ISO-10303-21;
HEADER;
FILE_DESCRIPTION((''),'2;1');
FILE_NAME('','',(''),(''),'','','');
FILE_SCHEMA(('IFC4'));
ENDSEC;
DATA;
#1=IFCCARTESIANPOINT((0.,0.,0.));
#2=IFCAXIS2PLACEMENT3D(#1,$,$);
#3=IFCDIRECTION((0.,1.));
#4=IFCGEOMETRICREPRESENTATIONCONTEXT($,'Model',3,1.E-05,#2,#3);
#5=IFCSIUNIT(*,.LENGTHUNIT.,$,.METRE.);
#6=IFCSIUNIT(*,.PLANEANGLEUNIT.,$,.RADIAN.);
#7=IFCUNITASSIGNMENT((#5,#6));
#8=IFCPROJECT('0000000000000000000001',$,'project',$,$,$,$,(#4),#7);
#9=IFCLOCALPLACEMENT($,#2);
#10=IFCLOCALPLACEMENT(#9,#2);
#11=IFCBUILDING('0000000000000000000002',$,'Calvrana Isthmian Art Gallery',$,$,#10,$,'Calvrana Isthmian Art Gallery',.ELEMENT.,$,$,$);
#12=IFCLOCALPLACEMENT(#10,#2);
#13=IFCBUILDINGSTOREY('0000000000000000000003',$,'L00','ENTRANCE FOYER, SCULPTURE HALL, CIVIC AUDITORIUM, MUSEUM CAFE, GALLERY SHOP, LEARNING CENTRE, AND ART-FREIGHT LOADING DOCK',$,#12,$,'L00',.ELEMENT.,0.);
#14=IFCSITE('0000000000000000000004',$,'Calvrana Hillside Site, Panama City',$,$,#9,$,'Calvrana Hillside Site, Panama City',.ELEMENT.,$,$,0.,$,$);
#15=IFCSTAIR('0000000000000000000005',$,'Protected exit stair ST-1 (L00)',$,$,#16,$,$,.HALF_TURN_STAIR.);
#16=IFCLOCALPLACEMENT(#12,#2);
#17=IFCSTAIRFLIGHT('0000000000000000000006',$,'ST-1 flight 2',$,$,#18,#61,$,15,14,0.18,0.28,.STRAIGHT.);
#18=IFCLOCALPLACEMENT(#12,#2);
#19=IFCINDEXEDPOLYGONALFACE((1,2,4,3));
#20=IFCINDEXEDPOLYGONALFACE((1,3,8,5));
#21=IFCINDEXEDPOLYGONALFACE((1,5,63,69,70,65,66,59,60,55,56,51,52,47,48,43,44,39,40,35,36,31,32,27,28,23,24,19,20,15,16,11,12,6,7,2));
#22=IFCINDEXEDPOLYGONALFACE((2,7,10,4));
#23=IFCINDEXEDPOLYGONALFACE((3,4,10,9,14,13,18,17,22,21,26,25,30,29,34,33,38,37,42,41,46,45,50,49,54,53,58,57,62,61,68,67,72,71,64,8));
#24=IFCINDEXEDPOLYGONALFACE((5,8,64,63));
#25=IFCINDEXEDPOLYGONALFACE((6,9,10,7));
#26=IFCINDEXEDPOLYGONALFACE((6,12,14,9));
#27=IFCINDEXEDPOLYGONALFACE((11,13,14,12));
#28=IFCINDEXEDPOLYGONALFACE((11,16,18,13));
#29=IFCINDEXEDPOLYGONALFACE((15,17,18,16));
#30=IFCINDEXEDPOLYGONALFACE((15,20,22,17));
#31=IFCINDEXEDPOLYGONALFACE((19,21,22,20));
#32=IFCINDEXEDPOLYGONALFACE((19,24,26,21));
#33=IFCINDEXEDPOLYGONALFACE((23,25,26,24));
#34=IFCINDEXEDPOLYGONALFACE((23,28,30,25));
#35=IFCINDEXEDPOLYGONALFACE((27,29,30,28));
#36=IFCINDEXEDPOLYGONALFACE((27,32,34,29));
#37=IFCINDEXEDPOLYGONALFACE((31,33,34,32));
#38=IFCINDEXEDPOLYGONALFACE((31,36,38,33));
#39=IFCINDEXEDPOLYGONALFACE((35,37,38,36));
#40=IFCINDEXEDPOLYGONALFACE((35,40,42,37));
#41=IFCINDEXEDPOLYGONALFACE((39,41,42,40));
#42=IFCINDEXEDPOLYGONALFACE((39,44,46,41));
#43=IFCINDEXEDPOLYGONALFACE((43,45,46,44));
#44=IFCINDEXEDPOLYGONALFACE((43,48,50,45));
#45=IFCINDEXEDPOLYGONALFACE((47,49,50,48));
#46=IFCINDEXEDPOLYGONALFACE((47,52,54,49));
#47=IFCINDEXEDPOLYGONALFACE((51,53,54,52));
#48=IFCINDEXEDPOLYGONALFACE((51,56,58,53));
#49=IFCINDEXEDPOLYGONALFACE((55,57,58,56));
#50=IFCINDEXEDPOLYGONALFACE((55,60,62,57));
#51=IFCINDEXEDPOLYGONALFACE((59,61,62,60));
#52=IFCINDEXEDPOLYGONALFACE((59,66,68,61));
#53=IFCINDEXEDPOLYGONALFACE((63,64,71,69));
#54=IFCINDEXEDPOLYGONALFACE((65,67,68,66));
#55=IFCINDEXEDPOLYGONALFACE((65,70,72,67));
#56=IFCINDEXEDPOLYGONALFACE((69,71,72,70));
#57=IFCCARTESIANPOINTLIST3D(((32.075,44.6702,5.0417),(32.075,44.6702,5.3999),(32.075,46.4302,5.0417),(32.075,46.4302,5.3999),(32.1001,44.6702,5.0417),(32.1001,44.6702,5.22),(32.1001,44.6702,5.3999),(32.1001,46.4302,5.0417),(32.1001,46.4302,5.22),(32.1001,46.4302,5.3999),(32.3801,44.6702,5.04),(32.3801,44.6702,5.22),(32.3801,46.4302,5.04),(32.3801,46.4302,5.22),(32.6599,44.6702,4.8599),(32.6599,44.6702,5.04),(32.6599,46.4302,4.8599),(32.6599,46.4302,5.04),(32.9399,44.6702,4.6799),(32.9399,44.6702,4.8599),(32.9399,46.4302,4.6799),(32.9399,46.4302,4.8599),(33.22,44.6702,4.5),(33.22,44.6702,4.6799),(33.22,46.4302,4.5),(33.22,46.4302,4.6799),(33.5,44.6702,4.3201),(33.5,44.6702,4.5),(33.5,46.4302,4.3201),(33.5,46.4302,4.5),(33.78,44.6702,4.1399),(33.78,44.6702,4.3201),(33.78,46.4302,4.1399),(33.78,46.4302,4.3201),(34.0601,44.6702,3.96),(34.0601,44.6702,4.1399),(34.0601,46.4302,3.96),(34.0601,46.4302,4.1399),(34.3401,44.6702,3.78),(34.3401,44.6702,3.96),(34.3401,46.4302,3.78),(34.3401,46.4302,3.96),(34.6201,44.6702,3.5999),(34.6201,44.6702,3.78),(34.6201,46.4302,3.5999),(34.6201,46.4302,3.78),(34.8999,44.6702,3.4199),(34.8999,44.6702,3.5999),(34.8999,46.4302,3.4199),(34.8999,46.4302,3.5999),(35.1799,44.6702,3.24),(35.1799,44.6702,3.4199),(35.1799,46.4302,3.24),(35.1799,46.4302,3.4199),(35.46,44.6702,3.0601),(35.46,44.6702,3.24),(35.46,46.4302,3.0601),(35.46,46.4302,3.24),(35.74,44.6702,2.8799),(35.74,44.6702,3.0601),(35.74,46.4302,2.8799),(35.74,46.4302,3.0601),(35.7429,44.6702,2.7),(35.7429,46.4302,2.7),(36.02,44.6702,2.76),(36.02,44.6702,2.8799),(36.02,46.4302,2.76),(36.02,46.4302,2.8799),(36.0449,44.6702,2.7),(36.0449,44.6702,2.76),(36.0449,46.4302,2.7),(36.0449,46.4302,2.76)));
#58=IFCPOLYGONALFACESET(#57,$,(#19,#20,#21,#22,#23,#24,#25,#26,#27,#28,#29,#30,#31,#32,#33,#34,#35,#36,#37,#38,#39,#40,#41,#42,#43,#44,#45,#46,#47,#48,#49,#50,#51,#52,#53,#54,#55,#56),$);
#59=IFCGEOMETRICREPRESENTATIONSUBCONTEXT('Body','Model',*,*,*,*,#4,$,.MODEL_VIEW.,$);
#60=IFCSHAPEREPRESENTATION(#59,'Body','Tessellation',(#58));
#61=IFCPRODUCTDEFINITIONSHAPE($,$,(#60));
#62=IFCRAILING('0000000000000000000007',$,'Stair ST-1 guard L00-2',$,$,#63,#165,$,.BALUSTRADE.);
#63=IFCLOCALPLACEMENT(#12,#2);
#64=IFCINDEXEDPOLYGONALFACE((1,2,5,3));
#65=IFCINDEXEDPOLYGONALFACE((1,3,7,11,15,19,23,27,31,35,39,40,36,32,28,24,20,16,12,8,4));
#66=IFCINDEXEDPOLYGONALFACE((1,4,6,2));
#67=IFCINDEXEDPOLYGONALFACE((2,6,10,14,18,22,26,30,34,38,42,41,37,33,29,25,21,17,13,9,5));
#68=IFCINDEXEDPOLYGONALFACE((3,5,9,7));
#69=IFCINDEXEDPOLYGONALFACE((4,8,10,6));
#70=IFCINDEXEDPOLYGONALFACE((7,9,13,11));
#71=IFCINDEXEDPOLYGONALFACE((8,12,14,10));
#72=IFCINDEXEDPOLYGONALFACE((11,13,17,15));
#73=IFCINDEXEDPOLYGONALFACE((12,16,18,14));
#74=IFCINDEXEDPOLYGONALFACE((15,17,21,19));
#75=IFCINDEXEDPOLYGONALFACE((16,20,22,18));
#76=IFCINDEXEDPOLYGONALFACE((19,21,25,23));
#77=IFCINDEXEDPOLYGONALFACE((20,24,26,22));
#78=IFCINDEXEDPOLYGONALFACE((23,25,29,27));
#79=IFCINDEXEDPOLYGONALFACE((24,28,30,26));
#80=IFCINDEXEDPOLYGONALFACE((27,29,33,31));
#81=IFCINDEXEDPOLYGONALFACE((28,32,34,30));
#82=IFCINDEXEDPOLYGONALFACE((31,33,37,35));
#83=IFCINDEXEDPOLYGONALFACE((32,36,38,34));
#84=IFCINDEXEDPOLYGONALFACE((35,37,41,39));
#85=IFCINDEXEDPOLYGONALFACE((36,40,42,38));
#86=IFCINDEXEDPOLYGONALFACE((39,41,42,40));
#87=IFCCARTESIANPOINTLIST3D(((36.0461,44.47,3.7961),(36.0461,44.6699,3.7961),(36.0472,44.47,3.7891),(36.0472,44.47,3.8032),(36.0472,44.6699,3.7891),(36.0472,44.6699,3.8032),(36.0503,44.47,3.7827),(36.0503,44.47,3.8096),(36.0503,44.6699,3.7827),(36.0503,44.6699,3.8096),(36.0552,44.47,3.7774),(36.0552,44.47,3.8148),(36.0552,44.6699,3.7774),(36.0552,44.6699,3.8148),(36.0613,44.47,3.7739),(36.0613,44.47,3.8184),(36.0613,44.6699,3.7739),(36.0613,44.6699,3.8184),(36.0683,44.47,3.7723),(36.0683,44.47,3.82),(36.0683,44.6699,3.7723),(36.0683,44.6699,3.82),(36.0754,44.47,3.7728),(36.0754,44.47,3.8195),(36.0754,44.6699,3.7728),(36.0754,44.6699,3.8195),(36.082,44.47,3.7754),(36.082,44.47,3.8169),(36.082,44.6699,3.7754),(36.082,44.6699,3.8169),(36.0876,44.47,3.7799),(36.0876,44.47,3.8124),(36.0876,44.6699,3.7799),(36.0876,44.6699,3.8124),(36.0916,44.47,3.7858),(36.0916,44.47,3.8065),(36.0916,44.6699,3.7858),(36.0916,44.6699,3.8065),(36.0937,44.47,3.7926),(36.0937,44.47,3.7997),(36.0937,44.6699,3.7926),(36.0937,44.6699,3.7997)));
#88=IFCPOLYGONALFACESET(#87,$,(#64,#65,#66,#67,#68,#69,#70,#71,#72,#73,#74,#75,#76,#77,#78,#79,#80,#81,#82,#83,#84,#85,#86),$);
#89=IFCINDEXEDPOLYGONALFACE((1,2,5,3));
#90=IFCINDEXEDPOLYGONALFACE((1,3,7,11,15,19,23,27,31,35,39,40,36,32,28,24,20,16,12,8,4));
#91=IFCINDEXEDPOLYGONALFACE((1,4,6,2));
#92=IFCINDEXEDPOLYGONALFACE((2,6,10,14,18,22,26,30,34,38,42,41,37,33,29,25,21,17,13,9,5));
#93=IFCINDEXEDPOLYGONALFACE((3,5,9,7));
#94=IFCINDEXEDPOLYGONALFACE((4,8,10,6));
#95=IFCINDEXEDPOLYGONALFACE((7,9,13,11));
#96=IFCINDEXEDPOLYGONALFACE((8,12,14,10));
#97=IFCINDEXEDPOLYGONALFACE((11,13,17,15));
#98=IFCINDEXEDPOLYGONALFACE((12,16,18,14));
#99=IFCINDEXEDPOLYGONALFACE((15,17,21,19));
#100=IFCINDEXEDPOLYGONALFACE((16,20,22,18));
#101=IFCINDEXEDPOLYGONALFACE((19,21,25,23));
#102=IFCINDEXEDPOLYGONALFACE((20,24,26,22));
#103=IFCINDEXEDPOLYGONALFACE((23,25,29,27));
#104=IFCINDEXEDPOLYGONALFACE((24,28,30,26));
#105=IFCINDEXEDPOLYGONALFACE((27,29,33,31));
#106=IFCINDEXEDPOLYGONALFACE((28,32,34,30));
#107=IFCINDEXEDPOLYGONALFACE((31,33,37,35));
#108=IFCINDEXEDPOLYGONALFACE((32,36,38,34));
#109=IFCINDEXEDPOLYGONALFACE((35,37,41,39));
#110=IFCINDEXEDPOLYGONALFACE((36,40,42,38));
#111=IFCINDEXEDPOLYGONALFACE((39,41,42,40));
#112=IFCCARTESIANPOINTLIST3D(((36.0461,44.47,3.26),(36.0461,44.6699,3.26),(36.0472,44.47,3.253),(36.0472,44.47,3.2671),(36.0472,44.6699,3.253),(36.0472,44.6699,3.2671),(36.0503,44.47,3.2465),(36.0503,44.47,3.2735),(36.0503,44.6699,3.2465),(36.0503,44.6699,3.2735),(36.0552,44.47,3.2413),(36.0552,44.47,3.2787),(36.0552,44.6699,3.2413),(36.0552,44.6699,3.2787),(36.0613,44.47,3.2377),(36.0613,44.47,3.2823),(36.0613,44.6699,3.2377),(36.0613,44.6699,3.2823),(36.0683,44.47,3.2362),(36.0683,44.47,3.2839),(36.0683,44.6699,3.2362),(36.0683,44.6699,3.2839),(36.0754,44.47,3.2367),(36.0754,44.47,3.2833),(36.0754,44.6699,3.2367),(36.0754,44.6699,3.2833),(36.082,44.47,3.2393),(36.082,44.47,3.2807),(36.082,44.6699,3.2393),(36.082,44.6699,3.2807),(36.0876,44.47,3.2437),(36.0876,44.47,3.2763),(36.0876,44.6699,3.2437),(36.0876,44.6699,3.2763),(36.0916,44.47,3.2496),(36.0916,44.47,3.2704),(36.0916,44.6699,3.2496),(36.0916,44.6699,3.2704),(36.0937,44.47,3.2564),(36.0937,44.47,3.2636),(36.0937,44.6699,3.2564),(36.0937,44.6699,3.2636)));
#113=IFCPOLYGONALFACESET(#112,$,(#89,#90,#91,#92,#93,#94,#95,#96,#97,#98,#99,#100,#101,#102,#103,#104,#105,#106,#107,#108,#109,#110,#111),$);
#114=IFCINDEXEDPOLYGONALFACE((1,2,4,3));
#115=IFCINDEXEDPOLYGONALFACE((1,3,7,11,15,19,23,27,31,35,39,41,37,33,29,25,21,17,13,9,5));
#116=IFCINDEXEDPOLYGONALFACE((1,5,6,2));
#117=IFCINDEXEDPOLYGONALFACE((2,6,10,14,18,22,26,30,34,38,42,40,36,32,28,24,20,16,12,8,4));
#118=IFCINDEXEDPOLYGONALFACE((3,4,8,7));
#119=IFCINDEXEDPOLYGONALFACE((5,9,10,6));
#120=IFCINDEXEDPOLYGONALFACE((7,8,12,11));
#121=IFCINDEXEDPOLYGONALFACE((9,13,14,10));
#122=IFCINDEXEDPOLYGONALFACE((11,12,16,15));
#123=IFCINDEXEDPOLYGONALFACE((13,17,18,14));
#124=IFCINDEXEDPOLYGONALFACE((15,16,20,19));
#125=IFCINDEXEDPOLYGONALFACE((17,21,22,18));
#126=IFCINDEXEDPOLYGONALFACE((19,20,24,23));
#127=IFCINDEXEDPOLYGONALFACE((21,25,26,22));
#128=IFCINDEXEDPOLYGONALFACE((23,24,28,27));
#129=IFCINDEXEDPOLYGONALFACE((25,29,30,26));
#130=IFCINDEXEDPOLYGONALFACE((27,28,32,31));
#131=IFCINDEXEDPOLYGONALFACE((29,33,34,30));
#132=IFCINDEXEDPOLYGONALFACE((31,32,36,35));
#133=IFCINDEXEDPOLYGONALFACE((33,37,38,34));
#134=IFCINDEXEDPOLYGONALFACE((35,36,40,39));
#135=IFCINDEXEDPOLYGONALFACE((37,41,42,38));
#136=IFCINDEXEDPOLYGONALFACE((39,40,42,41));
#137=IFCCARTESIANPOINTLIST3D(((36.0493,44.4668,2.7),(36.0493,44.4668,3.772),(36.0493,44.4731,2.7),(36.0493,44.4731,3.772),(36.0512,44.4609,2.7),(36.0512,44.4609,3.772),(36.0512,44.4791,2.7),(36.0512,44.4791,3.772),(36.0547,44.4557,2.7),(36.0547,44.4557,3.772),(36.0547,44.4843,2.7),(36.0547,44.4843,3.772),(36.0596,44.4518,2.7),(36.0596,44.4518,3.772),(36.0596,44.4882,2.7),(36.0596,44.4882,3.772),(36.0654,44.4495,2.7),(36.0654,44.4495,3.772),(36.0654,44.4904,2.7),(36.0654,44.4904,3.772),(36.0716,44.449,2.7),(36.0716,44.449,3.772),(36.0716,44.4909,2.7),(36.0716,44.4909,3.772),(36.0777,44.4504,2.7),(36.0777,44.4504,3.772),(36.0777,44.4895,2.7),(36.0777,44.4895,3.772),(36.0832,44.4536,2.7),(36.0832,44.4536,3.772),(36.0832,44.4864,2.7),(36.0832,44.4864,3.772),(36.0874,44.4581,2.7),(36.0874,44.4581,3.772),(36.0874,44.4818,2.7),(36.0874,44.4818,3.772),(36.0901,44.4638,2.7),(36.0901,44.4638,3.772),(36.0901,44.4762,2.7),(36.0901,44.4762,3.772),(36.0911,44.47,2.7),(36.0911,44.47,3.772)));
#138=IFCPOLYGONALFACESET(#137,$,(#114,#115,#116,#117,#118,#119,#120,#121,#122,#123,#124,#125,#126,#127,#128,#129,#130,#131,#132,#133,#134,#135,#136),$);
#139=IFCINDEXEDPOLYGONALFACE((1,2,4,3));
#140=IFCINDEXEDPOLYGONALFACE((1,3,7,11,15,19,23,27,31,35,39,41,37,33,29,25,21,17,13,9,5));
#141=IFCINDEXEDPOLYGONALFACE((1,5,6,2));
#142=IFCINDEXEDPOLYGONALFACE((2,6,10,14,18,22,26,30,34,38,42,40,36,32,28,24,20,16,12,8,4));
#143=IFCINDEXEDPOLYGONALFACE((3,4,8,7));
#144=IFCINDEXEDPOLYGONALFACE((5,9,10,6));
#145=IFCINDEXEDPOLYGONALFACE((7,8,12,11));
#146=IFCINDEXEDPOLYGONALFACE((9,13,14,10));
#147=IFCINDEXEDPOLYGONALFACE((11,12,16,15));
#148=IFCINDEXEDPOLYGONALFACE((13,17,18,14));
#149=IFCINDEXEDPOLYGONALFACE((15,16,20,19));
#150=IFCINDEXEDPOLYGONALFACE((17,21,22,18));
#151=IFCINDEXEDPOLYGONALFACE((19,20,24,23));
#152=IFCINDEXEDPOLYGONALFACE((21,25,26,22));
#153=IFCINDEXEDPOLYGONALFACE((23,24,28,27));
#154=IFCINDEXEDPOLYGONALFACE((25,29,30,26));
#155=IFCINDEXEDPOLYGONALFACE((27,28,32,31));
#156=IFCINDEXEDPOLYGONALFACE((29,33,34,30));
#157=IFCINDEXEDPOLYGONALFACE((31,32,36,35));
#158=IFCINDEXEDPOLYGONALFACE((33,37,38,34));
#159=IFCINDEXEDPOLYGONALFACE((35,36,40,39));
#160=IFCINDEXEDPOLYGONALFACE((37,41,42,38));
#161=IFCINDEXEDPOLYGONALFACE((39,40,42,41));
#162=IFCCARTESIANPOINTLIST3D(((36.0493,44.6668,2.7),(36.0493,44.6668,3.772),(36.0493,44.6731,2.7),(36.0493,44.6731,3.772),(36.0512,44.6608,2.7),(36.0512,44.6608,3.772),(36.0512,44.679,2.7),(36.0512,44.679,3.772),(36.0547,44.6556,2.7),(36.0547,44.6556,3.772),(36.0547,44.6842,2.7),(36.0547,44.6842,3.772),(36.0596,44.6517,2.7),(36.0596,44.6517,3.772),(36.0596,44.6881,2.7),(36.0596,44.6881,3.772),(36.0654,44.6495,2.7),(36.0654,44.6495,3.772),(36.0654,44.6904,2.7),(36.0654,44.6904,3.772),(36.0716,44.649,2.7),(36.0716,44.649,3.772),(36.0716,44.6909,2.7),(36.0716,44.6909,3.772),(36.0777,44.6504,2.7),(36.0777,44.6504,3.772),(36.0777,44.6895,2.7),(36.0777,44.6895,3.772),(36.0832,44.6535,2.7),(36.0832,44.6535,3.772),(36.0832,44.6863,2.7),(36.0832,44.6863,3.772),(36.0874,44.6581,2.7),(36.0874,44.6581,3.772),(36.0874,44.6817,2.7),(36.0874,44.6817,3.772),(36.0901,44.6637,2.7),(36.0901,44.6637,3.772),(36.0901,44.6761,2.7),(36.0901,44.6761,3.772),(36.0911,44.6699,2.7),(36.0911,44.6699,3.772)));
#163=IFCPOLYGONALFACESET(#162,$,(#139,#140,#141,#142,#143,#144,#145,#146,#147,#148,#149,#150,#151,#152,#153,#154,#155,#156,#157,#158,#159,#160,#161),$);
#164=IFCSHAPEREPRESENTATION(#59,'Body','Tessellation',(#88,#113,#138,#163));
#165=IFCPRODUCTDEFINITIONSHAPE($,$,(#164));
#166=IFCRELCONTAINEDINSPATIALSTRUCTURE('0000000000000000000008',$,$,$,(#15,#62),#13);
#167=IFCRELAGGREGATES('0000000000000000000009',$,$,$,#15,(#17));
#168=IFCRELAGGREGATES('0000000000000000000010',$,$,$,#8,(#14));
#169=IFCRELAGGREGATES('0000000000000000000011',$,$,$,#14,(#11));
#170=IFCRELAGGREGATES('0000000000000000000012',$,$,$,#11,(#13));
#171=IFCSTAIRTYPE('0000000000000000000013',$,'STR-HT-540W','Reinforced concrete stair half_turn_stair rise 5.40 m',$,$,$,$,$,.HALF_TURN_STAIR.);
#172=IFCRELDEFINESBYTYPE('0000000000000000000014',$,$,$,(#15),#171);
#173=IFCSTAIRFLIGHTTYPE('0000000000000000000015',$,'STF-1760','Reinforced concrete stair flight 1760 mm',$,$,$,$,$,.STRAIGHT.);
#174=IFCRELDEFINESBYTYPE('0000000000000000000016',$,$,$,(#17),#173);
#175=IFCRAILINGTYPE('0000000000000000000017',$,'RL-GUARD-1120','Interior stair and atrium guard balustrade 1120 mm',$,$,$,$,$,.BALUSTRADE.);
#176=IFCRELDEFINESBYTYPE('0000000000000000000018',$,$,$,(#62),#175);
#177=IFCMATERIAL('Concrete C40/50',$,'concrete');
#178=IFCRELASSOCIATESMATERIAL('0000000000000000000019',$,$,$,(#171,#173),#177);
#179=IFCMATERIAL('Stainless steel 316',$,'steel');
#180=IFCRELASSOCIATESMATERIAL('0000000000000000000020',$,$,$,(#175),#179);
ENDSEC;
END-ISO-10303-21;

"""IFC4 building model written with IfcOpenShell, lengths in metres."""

from ifc_helpers import new_model, si_unit, direction, frame, origin, origin_2d, place, context, subcontext, project, spatial, polyline, circle, outline, extrude, material, type_object, element, aggregate, save


model = new_model("IFC4")

# Units and contexts
model_context = context("Model", 3, precision=1e-05, world=origin(), true_north=direction((0.0, 1.0)))
body_context = subcontext(model_context, "Body", "Model", "MODEL_VIEW")
ifc_project = project(units=[si_unit("LENGTHUNIT", "METRE"), si_unit("PLANEANGLEUNIT", "RADIAN")], contexts=[model_context])

# Site, building, storey
site_placement = place(None, origin())
site = spatial("IfcSite", under=ifc_project, at=site_placement, Name="Calvrana Hillside Site, Panama City", LongName="Calvrana Hillside Site, Panama City", CompositionType="ELEMENT", RefElevation=0.0)
building_placement = place(site_placement, origin())
building = spatial("IfcBuilding", under=site, at=building_placement, Name="Calvrana Isthmian Art Gallery", LongName="Calvrana Isthmian Art Gallery", CompositionType="ELEMENT")
storey_placement = place(building_placement, origin())
storey = spatial("IfcBuildingStorey", under=building, at=storey_placement, Name="L00", Description="ENTRANCE FOYER, SCULPTURE HALL, CIVIC AUDITORIUM, MUSEUM CAFE, GALLERY SHOP, LEARNING CENTRE, AND ART-FREIGHT LOADING DOCK", LongName="L00", CompositionType="ELEMENT", Elevation=0.0)

# Shared definitions
ifc_material_1 = material(Name="Concrete C40/50", Category="concrete")

# Shared definitions
ifc_material_2 = material(Name="Stainless steel 316", Category="steel")

# Stair, stair flight
stair_type = type_object("IfcStairType", Name="STR-HT-540W", Description="Reinforced concrete stair half_turn_stair rise 5.40 m", PredefinedType="HALF_TURN_STAIR", material=ifc_material_1)
stair_placement = place(storey_placement, origin())
stair = element("IfcStair", 1, at=stair_placement, inside=storey, type_object=stair_type, Name="Protected exit stair ST-1 (L00)", PredefinedType="HALF_TURN_STAIR")
stair_flight_type = type_object("IfcStairFlightType", Name="STF-1760", Description="Reinforced concrete stair flight 1760 mm", PredefinedType="STRAIGHT", material=ifc_material_1)
stair_flight_placement = place(storey_placement, frame((36.02, 45.55, 2.7), z_axis=(0.0, 0.0, 1.0), x_axis=(-1.0, 0.0, 0.0)))
stair_flight = element("IfcStairFlight", 2, at=stair_flight_placement, type_object=stair_flight_type, Name="ST-1 flight 2", NumberOfRisers=15, NumberOfTreads=14, PredefinedType="STRAIGHT", RiserHeight=0.18, TreadLength=0.28, context=body_context, shape_type="SweptSolid", body=[
    extrude(outline(polyline([(-0.0249, 0.0), (-0.0249, 0.0601), (0.0, 0.0601), (0.0, 0.1799), (0.28, 0.1799), (0.28, 0.3601), (0.5601, 0.3601), (0.5601, 0.54), (0.8401, 0.54), (0.8401, 0.72), (1.1201, 0.72), (1.1201, 0.8999), (1.3999, 0.8999), (1.3999, 1.0801), (1.6799, 1.0801), (1.6799, 1.26), (1.96, 1.26), (1.96, 1.4399), (2.24, 1.4399), (2.24, 1.6201), (2.52, 1.6201), (2.52, 1.8), (2.8, 1.8), (2.8, 1.98), (3.0801, 1.98), (3.0801, 2.1599), (3.3601, 2.1599), (3.3601, 2.3401), (3.6399, 2.3401), (3.6399, 2.52), (3.9199, 2.52), (3.9199, 2.7), (3.9451, 2.7), (3.9451, 2.3418), (3.9199, 2.3418), (0.2771, 0.0), (-0.0249, 0.0)])), frame((0.0, 0.8799, 0.0), z_axis=(0.0, -1.0, 0.0), x_axis=(1.0, 0.0, 0.0)), (0.0, 0.0, 1.0), 1.76),
])
aggregate(stair, [stair_flight])

# Railing
railing_type_1 = type_object("IfcRailingType", Name="RL-GUARD-1120", Description="Interior stair and atrium guard balustrade 1120 mm", PredefinedType="BALUSTRADE", material=ifc_material_2)
railing_1_placement = place(storey_placement, frame((36.0701, 44.47, 2.7)))
element("IfcRailing", 3, at=railing_1_placement, inside=storey, type_object=railing_type_1, Name="Stair ST-1 guard L00-2", PredefinedType="BALUSTRADE", context=body_context, shape_type="SweptSolid", body=[
    extrude(circle(Radius=0.0239, at=origin_2d()), frame((0.0, 0.0, 1.0962), z_axis=(0.0, 1.0, 0.0), x_axis=(-1.0, 0.0, 0.0)), (0.0, 0.0, 1.0), 0.2),
    extrude(circle(Radius=0.0239, at=origin_2d()), frame((0.0, 0.0, 0.5601), z_axis=(0.0, 1.0, 0.0), x_axis=(-1.0, 0.0, 0.0)), (0.0, 0.0, 1.0), 0.2),
    extrude(circle(Radius=0.021, at=origin_2d()), origin(), (0.0, 0.0, 1.0), 1.072),
    extrude(circle(Radius=0.021, at=origin_2d()), frame((0.0, 0.2, 0.0)), (0.0, 0.0, 1.0), 1.072),
])

save(model, "model.ifc")
